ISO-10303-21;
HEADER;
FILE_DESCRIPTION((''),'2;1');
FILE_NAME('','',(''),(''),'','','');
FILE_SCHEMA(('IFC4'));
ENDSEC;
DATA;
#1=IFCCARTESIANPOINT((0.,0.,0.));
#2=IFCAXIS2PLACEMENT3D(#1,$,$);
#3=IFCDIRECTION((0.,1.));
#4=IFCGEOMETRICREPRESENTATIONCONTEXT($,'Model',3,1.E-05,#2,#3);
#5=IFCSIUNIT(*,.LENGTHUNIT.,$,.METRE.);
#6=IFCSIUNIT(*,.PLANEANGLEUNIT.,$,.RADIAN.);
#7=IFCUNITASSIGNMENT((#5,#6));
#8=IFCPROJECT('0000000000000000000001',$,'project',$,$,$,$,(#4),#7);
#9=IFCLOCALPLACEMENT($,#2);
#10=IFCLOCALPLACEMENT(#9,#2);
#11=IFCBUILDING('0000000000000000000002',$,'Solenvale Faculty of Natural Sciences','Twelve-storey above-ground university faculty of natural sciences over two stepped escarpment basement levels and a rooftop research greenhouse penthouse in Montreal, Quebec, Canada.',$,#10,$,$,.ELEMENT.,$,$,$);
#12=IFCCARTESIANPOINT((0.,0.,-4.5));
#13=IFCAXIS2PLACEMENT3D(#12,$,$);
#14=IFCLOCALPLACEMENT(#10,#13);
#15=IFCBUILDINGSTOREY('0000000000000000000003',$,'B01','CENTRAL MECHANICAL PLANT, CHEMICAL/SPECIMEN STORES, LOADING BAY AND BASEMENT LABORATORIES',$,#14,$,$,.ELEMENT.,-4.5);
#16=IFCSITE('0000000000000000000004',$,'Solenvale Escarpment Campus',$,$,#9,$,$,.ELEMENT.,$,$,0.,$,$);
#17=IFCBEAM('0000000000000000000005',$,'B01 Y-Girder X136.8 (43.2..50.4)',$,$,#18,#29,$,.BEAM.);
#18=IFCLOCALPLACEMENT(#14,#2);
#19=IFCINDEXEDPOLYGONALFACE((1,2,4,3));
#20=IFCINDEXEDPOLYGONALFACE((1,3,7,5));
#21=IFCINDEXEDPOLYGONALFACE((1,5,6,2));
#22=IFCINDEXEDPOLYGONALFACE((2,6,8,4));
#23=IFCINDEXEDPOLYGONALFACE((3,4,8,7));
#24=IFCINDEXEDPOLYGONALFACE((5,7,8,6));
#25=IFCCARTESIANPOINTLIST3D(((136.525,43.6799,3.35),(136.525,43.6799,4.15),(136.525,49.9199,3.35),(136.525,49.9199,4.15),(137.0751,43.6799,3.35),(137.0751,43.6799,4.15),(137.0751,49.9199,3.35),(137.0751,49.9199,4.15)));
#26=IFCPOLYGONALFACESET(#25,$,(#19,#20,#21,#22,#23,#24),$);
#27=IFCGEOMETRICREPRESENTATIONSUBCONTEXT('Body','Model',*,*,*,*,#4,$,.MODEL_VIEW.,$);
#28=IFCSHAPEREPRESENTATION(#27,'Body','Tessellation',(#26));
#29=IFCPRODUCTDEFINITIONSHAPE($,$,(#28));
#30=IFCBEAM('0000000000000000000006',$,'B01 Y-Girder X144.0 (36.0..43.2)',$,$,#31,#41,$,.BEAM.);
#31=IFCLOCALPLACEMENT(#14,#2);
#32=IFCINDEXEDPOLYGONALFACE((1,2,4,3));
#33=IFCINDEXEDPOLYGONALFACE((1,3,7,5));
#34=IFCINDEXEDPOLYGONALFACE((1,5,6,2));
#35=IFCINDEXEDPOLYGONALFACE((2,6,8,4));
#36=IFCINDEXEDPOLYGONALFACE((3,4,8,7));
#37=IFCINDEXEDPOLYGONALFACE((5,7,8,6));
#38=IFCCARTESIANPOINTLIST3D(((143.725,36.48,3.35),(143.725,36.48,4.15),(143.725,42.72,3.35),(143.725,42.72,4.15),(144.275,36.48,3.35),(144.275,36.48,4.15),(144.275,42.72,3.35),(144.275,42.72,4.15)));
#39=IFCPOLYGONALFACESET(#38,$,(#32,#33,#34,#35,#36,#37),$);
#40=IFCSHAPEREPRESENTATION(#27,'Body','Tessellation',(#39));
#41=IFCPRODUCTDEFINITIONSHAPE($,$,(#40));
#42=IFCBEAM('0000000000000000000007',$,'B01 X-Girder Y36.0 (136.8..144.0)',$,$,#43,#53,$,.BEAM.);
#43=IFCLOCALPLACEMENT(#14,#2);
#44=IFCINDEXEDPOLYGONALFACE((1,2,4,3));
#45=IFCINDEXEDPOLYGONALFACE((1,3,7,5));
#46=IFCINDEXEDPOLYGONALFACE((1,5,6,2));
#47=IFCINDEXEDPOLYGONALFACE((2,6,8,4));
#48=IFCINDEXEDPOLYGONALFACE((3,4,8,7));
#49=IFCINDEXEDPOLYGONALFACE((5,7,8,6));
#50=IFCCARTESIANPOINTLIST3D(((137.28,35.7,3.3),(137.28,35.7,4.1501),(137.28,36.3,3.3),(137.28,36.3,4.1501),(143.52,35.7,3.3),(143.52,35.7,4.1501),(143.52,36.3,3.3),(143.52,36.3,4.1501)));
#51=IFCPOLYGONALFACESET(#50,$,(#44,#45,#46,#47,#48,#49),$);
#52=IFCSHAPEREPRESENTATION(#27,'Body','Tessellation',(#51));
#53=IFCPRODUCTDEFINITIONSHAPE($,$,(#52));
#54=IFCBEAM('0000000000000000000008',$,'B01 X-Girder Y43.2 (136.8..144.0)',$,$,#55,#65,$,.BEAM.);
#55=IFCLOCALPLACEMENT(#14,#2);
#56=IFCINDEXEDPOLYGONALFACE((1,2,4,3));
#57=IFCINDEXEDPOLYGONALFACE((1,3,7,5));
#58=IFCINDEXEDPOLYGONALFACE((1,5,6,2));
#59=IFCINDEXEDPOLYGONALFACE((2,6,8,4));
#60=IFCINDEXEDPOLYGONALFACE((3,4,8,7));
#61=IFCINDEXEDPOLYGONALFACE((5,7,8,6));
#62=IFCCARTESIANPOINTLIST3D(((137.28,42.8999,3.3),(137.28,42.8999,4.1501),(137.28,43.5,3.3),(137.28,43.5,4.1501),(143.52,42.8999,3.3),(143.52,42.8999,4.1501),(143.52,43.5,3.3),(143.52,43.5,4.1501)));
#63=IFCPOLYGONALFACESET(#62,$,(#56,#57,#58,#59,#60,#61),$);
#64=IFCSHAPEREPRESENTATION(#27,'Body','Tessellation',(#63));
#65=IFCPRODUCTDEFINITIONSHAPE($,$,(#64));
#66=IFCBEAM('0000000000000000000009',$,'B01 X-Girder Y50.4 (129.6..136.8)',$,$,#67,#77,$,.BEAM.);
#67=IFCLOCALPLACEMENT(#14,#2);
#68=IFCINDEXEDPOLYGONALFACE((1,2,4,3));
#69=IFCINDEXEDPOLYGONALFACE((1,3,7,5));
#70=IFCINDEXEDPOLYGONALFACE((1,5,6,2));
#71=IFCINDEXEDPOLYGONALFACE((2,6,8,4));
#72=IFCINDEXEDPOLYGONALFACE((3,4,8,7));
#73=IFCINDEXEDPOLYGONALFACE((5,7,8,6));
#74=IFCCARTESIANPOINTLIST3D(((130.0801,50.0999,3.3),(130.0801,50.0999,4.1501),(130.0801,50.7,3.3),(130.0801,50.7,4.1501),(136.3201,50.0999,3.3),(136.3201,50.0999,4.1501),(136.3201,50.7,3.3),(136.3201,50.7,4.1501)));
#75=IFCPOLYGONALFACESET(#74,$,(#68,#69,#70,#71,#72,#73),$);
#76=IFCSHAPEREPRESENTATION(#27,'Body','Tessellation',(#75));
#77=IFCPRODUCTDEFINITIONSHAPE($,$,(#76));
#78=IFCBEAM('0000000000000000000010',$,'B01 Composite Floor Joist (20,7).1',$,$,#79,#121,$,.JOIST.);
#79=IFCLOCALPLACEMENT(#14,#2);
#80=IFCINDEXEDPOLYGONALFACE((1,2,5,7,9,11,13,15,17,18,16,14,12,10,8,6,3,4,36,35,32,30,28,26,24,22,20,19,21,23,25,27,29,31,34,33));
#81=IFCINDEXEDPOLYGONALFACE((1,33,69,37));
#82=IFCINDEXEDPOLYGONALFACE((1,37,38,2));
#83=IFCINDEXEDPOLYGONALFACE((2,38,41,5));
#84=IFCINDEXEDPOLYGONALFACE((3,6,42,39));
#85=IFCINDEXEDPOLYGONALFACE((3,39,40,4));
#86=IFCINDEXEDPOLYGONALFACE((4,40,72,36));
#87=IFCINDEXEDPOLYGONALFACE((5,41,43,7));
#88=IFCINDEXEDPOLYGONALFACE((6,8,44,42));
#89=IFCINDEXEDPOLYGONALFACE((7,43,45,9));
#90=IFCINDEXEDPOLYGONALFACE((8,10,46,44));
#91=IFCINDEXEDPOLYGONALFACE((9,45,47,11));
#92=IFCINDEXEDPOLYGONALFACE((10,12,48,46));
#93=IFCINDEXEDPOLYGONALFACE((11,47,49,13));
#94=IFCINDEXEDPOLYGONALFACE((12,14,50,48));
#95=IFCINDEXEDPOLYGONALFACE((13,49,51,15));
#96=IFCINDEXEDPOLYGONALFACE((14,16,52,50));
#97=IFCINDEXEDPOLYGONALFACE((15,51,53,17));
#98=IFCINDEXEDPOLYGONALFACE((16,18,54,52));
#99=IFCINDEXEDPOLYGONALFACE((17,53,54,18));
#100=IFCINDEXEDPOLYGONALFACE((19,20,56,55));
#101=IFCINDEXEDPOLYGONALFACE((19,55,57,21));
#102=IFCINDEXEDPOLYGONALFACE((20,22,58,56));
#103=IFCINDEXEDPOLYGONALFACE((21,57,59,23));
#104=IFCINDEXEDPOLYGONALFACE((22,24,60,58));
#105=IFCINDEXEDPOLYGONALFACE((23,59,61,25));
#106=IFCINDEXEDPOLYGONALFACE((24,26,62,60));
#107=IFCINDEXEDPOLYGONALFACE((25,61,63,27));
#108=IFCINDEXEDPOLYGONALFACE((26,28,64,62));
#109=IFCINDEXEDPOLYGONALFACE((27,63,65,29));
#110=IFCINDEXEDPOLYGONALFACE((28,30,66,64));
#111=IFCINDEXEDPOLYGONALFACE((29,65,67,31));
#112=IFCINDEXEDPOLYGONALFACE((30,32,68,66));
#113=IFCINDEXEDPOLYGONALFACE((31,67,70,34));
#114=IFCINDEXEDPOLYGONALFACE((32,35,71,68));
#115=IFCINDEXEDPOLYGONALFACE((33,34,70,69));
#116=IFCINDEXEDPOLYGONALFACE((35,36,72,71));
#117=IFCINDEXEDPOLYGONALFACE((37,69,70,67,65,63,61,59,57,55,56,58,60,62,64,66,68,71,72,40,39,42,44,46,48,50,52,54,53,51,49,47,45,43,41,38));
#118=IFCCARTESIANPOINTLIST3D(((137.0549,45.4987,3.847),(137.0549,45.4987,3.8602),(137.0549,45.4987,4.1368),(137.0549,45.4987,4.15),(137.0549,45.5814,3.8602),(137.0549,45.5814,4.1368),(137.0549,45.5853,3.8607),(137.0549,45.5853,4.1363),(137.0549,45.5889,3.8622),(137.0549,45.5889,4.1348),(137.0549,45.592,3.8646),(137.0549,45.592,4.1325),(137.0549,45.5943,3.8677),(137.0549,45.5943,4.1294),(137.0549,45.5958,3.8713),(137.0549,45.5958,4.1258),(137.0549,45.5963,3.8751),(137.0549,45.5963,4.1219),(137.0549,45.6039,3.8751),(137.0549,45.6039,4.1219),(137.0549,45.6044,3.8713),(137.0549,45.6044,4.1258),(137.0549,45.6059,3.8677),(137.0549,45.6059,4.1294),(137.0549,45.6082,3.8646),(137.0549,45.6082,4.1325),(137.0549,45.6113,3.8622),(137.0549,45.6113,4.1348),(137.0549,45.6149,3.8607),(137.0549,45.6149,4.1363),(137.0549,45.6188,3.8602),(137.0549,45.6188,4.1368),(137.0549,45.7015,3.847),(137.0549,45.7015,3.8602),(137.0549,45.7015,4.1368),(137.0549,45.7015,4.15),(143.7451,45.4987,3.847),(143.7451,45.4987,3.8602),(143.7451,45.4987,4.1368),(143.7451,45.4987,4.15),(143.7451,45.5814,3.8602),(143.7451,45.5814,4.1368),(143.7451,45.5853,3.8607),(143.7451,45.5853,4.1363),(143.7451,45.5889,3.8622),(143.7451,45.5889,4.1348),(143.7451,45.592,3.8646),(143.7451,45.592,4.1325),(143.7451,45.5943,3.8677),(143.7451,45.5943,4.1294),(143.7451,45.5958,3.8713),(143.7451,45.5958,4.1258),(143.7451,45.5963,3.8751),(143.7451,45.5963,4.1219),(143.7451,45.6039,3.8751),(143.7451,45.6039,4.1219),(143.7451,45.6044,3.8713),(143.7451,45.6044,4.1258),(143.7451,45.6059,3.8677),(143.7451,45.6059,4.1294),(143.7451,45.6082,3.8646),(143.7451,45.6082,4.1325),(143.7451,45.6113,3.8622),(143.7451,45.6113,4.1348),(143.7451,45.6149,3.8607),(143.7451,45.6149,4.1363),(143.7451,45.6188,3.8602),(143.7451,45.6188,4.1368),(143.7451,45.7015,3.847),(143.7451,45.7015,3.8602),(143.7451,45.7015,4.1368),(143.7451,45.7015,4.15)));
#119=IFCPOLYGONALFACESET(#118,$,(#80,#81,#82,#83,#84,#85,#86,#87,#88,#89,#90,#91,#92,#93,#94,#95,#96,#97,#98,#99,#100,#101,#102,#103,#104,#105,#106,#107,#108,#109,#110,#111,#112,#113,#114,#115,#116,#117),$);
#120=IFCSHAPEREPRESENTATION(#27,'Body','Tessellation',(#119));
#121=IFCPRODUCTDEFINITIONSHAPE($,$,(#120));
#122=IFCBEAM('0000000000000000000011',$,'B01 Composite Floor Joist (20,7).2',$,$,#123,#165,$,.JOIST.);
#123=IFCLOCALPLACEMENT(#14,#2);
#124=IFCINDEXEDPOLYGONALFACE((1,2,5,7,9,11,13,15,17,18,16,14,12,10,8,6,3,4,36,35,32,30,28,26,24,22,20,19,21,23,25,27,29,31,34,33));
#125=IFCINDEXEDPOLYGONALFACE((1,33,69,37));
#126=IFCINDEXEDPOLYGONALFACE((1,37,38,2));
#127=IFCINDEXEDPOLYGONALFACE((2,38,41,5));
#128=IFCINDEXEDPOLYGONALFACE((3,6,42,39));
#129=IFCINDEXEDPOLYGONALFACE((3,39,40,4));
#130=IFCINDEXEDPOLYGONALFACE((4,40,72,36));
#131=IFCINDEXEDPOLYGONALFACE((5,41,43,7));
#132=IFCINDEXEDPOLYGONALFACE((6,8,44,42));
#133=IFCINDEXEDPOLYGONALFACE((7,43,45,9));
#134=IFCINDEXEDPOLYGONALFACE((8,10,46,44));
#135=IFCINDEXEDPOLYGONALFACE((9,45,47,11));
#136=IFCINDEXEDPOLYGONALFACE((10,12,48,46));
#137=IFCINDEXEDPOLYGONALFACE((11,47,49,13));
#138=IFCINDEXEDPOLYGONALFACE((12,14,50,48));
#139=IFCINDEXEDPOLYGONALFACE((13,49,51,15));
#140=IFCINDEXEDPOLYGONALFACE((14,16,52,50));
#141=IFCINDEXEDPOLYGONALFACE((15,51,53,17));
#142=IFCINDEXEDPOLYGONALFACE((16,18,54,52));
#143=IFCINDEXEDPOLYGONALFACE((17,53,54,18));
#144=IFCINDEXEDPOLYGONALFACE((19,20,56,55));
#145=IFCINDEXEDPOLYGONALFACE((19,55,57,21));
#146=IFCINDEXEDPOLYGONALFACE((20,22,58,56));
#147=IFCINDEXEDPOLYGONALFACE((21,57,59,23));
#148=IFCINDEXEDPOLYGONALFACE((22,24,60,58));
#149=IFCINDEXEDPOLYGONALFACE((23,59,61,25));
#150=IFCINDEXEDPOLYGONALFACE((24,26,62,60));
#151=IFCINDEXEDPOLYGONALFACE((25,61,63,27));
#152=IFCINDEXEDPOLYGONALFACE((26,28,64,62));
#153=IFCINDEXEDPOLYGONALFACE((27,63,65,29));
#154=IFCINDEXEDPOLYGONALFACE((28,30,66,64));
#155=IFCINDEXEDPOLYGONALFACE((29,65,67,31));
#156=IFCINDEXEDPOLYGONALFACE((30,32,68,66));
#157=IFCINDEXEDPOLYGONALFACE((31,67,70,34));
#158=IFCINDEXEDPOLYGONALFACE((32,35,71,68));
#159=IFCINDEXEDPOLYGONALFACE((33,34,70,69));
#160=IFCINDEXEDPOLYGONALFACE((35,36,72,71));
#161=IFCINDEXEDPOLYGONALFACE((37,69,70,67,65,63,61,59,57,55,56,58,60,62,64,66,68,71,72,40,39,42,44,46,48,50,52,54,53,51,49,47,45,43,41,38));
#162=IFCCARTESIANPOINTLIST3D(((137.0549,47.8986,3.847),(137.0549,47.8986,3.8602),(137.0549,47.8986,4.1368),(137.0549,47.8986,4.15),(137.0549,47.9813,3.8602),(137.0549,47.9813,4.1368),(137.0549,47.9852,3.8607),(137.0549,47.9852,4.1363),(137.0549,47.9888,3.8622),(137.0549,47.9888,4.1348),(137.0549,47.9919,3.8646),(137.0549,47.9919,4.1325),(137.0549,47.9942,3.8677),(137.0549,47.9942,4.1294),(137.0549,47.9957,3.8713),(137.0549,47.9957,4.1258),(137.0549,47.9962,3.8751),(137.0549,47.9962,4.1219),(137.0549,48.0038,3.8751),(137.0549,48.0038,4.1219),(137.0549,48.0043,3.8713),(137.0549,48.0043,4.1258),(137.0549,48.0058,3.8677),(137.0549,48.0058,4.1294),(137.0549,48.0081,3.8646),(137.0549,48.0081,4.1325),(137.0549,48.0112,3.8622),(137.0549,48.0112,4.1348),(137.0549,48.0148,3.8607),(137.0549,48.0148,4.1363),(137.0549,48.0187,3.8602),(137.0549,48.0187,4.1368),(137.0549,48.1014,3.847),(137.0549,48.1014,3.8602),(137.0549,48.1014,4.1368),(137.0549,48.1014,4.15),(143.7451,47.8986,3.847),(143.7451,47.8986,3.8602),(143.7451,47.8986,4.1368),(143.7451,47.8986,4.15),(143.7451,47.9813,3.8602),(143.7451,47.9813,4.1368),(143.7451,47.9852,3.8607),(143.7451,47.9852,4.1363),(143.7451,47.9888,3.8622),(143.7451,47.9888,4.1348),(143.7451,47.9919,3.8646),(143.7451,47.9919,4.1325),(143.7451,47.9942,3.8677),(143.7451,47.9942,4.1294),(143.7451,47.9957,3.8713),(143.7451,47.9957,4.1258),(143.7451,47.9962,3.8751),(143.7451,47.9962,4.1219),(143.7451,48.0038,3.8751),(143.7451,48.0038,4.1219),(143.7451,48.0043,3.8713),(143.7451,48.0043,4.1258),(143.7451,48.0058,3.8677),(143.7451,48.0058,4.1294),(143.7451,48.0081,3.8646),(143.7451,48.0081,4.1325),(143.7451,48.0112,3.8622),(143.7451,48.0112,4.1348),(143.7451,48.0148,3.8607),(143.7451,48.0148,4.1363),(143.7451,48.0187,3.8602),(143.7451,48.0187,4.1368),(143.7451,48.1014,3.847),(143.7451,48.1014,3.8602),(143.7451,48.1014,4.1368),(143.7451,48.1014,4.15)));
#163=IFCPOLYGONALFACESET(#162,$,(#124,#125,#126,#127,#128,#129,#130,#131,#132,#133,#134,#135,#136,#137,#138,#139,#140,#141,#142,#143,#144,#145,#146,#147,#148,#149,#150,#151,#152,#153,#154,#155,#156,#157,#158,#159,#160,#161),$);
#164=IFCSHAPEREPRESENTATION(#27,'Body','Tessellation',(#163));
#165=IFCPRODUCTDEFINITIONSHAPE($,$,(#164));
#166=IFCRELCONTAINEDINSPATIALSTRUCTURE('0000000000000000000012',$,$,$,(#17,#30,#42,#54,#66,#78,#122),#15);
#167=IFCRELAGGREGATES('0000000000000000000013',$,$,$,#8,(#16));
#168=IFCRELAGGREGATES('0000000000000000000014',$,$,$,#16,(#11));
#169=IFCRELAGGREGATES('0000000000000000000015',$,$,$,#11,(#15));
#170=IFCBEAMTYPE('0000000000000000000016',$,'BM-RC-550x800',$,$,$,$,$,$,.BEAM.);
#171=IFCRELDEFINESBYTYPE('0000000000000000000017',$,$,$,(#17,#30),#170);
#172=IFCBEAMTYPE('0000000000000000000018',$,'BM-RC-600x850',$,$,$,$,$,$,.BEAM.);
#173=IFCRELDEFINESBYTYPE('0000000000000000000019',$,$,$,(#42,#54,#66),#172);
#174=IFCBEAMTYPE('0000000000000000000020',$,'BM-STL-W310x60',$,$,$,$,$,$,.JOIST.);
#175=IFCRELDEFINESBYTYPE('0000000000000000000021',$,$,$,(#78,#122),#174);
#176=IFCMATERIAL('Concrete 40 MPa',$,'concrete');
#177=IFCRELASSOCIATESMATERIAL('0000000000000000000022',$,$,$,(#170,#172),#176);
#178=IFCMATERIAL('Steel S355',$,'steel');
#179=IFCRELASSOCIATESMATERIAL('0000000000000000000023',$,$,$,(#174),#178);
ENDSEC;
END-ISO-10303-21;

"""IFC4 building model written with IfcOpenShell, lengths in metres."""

from ifc_helpers import new_model, si_unit, direction, frame, origin, origin_2d, place, context, subcontext, project, spatial, rectangle, i_section, extrude, material, material_profile, profile_set, type_object, element, save


model = new_model("IFC4")

# Units and contexts
model_context = context("Model", 3, precision=1e-05, world=origin(), true_north=direction((0.0, 1.0)))
body_context = subcontext(model_context, "Body", "Model", "MODEL_VIEW")
ifc_project = project(units=[si_unit("LENGTHUNIT", "METRE"), si_unit("PLANEANGLEUNIT", "RADIAN")], contexts=[model_context])

# Site, building, storey
site_placement = place(None, origin())
site = spatial("IfcSite", under=ifc_project, at=site_placement, Name="Solenvale Escarpment Campus", CompositionType="ELEMENT", RefElevation=0.0)
building_placement = place(site_placement, origin())
building = spatial("IfcBuilding", under=site, at=building_placement, Name="Solenvale Faculty of Natural Sciences", Description="Twelve-storey above-ground university faculty of natural sciences over two stepped escarpment basement levels and a rooftop research greenhouse penthouse in Montreal, Quebec, Canada.", CompositionType="ELEMENT")
storey_placement = place(building_placement, frame((0.0, 0.0, -4.5)))
storey = spatial("IfcBuildingStorey", under=building, at=storey_placement, Name="B01", Description="CENTRAL MECHANICAL PLANT, CHEMICAL/SPECIMEN STORES, LOADING BAY AND BASEMENT LABORATORIES", CompositionType="ELEMENT", Elevation=-4.5)

# Shared definitions
ifc_material_1 = material(Name="Concrete 40 MPa", Category="concrete")

# Beams
ifc_material_profile_1 = material_profile(ifc_material_1, rectangle(XDim=0.55, YDim=0.8, at=origin_2d()), Name="RC-BM-550x800")
ifc_profile_set_1 = profile_set([ifc_material_profile_1], Name="Concrete 40 MPa")
beam_type_1 = type_object("IfcBeamType", Name="BM-RC-550x800", PredefinedType="BEAM", material=ifc_profile_set_1)
for number, where, z_axis, x_axis, name in (
    (1, (136.8, 43.6799, 3.75), (0.0, 1.0, 0.0), (-1.0, 0.0, 0.0), "B01 Y-Girder X136.8 (43.2..50.4)"),
    (2, (144.0, 36.48, 3.75), (0.0, 1.0, 0.0), (-1.0, 0.0, 0.0), "B01 Y-Girder X144.0 (36.0..43.2)"),
):
    element("IfcBeam", number, at=place(storey_placement, frame(where, z_axis=z_axis, x_axis=x_axis)), inside=storey, type_object=beam_type_1, Name=name, PredefinedType="BEAM", context=body_context, shape_type="SweptSolid", body=[
        extrude(rectangle(XDim=0.55, YDim=0.8, at=origin_2d()), origin(), (0.0, 0.0, 1.0), 6.24),
    ])
ifc_material_profile_2 = material_profile(ifc_material_1, rectangle(XDim=0.6001, YDim=0.8501, at=origin_2d()), Name="RC-BM-600x850")
ifc_profile_set_2 = profile_set([ifc_material_profile_2], Name="Concrete 40 MPa")
beam_type_2 = type_object("IfcBeamType", Name="BM-RC-600x850", PredefinedType="BEAM", material=ifc_profile_set_2)
for number, where, z_axis, x_axis, name in (
    (3, (137.28, 36.0, 3.7251), (1.0, 0.0, 0.0), (0.0, 1.0, 0.0), "B01 X-Girder Y36.0 (136.8..144.0)"),
    (4, (137.28, 43.2, 3.7251), (1.0, 0.0, 0.0), (0.0, 1.0, 0.0), "B01 X-Girder Y43.2 (136.8..144.0)"),
    (5, (130.0801, 50.3999, 3.7251), (1.0, 0.0, 0.0), (0.0, 1.0, 0.0), "B01 X-Girder Y50.4 (129.6..136.8)"),
):
    element("IfcBeam", number, at=place(storey_placement, frame(where, z_axis=z_axis, x_axis=x_axis)), inside=storey, type_object=beam_type_2, Name=name, PredefinedType="BEAM", context=body_context, shape_type="SweptSolid", body=[
        extrude(rectangle(XDim=0.6001, YDim=0.8501, at=origin_2d()), origin(), (0.0, 0.0, 1.0), 6.24),
    ])
ifc_material_2 = material(Name="Steel S355", Category="steel")
ifc_material_profile_3 = material_profile(ifc_material_2, i_section(OverallWidth=0.2029, OverallDepth=0.303, WebThickness=0.0076, FlangeThickness=0.0132, FilletRadius=0.0149, at=origin_2d()), Name="W310x60")
ifc_profile_set_3 = profile_set([ifc_material_profile_3], Name="Steel S355")
beam_type_3 = type_object("IfcBeamType", Name="BM-STL-W310x60", PredefinedType="JOIST", material=ifc_profile_set_3)
for number, where, z_axis, x_axis, name in (
    (6, (137.0549, 45.6001, 3.9985), (1.0, 0.0, 0.0), (0.0, 1.0, 0.0), "B01 Composite Floor Joist (20,7).1"),
    (7, (137.0549, 48.0, 3.9985), (1.0, 0.0, 0.0), (0.0, 1.0, 0.0), "B01 Composite Floor Joist (20,7).2"),
):
    element("IfcBeam", number, at=place(storey_placement, frame(where, z_axis=z_axis, x_axis=x_axis)), inside=storey, type_object=beam_type_3, Name=name, PredefinedType="JOIST", context=body_context, shape_type="SweptSolid", body=[
        extrude(i_section(OverallWidth=0.2029, OverallDepth=0.303, WebThickness=0.0076, FlangeThickness=0.0132, FilletRadius=0.0149, at=origin_2d()), origin(), (0.0, 0.0, 1.0), 6.6902),
    ])

save(model, "model.ifc")
